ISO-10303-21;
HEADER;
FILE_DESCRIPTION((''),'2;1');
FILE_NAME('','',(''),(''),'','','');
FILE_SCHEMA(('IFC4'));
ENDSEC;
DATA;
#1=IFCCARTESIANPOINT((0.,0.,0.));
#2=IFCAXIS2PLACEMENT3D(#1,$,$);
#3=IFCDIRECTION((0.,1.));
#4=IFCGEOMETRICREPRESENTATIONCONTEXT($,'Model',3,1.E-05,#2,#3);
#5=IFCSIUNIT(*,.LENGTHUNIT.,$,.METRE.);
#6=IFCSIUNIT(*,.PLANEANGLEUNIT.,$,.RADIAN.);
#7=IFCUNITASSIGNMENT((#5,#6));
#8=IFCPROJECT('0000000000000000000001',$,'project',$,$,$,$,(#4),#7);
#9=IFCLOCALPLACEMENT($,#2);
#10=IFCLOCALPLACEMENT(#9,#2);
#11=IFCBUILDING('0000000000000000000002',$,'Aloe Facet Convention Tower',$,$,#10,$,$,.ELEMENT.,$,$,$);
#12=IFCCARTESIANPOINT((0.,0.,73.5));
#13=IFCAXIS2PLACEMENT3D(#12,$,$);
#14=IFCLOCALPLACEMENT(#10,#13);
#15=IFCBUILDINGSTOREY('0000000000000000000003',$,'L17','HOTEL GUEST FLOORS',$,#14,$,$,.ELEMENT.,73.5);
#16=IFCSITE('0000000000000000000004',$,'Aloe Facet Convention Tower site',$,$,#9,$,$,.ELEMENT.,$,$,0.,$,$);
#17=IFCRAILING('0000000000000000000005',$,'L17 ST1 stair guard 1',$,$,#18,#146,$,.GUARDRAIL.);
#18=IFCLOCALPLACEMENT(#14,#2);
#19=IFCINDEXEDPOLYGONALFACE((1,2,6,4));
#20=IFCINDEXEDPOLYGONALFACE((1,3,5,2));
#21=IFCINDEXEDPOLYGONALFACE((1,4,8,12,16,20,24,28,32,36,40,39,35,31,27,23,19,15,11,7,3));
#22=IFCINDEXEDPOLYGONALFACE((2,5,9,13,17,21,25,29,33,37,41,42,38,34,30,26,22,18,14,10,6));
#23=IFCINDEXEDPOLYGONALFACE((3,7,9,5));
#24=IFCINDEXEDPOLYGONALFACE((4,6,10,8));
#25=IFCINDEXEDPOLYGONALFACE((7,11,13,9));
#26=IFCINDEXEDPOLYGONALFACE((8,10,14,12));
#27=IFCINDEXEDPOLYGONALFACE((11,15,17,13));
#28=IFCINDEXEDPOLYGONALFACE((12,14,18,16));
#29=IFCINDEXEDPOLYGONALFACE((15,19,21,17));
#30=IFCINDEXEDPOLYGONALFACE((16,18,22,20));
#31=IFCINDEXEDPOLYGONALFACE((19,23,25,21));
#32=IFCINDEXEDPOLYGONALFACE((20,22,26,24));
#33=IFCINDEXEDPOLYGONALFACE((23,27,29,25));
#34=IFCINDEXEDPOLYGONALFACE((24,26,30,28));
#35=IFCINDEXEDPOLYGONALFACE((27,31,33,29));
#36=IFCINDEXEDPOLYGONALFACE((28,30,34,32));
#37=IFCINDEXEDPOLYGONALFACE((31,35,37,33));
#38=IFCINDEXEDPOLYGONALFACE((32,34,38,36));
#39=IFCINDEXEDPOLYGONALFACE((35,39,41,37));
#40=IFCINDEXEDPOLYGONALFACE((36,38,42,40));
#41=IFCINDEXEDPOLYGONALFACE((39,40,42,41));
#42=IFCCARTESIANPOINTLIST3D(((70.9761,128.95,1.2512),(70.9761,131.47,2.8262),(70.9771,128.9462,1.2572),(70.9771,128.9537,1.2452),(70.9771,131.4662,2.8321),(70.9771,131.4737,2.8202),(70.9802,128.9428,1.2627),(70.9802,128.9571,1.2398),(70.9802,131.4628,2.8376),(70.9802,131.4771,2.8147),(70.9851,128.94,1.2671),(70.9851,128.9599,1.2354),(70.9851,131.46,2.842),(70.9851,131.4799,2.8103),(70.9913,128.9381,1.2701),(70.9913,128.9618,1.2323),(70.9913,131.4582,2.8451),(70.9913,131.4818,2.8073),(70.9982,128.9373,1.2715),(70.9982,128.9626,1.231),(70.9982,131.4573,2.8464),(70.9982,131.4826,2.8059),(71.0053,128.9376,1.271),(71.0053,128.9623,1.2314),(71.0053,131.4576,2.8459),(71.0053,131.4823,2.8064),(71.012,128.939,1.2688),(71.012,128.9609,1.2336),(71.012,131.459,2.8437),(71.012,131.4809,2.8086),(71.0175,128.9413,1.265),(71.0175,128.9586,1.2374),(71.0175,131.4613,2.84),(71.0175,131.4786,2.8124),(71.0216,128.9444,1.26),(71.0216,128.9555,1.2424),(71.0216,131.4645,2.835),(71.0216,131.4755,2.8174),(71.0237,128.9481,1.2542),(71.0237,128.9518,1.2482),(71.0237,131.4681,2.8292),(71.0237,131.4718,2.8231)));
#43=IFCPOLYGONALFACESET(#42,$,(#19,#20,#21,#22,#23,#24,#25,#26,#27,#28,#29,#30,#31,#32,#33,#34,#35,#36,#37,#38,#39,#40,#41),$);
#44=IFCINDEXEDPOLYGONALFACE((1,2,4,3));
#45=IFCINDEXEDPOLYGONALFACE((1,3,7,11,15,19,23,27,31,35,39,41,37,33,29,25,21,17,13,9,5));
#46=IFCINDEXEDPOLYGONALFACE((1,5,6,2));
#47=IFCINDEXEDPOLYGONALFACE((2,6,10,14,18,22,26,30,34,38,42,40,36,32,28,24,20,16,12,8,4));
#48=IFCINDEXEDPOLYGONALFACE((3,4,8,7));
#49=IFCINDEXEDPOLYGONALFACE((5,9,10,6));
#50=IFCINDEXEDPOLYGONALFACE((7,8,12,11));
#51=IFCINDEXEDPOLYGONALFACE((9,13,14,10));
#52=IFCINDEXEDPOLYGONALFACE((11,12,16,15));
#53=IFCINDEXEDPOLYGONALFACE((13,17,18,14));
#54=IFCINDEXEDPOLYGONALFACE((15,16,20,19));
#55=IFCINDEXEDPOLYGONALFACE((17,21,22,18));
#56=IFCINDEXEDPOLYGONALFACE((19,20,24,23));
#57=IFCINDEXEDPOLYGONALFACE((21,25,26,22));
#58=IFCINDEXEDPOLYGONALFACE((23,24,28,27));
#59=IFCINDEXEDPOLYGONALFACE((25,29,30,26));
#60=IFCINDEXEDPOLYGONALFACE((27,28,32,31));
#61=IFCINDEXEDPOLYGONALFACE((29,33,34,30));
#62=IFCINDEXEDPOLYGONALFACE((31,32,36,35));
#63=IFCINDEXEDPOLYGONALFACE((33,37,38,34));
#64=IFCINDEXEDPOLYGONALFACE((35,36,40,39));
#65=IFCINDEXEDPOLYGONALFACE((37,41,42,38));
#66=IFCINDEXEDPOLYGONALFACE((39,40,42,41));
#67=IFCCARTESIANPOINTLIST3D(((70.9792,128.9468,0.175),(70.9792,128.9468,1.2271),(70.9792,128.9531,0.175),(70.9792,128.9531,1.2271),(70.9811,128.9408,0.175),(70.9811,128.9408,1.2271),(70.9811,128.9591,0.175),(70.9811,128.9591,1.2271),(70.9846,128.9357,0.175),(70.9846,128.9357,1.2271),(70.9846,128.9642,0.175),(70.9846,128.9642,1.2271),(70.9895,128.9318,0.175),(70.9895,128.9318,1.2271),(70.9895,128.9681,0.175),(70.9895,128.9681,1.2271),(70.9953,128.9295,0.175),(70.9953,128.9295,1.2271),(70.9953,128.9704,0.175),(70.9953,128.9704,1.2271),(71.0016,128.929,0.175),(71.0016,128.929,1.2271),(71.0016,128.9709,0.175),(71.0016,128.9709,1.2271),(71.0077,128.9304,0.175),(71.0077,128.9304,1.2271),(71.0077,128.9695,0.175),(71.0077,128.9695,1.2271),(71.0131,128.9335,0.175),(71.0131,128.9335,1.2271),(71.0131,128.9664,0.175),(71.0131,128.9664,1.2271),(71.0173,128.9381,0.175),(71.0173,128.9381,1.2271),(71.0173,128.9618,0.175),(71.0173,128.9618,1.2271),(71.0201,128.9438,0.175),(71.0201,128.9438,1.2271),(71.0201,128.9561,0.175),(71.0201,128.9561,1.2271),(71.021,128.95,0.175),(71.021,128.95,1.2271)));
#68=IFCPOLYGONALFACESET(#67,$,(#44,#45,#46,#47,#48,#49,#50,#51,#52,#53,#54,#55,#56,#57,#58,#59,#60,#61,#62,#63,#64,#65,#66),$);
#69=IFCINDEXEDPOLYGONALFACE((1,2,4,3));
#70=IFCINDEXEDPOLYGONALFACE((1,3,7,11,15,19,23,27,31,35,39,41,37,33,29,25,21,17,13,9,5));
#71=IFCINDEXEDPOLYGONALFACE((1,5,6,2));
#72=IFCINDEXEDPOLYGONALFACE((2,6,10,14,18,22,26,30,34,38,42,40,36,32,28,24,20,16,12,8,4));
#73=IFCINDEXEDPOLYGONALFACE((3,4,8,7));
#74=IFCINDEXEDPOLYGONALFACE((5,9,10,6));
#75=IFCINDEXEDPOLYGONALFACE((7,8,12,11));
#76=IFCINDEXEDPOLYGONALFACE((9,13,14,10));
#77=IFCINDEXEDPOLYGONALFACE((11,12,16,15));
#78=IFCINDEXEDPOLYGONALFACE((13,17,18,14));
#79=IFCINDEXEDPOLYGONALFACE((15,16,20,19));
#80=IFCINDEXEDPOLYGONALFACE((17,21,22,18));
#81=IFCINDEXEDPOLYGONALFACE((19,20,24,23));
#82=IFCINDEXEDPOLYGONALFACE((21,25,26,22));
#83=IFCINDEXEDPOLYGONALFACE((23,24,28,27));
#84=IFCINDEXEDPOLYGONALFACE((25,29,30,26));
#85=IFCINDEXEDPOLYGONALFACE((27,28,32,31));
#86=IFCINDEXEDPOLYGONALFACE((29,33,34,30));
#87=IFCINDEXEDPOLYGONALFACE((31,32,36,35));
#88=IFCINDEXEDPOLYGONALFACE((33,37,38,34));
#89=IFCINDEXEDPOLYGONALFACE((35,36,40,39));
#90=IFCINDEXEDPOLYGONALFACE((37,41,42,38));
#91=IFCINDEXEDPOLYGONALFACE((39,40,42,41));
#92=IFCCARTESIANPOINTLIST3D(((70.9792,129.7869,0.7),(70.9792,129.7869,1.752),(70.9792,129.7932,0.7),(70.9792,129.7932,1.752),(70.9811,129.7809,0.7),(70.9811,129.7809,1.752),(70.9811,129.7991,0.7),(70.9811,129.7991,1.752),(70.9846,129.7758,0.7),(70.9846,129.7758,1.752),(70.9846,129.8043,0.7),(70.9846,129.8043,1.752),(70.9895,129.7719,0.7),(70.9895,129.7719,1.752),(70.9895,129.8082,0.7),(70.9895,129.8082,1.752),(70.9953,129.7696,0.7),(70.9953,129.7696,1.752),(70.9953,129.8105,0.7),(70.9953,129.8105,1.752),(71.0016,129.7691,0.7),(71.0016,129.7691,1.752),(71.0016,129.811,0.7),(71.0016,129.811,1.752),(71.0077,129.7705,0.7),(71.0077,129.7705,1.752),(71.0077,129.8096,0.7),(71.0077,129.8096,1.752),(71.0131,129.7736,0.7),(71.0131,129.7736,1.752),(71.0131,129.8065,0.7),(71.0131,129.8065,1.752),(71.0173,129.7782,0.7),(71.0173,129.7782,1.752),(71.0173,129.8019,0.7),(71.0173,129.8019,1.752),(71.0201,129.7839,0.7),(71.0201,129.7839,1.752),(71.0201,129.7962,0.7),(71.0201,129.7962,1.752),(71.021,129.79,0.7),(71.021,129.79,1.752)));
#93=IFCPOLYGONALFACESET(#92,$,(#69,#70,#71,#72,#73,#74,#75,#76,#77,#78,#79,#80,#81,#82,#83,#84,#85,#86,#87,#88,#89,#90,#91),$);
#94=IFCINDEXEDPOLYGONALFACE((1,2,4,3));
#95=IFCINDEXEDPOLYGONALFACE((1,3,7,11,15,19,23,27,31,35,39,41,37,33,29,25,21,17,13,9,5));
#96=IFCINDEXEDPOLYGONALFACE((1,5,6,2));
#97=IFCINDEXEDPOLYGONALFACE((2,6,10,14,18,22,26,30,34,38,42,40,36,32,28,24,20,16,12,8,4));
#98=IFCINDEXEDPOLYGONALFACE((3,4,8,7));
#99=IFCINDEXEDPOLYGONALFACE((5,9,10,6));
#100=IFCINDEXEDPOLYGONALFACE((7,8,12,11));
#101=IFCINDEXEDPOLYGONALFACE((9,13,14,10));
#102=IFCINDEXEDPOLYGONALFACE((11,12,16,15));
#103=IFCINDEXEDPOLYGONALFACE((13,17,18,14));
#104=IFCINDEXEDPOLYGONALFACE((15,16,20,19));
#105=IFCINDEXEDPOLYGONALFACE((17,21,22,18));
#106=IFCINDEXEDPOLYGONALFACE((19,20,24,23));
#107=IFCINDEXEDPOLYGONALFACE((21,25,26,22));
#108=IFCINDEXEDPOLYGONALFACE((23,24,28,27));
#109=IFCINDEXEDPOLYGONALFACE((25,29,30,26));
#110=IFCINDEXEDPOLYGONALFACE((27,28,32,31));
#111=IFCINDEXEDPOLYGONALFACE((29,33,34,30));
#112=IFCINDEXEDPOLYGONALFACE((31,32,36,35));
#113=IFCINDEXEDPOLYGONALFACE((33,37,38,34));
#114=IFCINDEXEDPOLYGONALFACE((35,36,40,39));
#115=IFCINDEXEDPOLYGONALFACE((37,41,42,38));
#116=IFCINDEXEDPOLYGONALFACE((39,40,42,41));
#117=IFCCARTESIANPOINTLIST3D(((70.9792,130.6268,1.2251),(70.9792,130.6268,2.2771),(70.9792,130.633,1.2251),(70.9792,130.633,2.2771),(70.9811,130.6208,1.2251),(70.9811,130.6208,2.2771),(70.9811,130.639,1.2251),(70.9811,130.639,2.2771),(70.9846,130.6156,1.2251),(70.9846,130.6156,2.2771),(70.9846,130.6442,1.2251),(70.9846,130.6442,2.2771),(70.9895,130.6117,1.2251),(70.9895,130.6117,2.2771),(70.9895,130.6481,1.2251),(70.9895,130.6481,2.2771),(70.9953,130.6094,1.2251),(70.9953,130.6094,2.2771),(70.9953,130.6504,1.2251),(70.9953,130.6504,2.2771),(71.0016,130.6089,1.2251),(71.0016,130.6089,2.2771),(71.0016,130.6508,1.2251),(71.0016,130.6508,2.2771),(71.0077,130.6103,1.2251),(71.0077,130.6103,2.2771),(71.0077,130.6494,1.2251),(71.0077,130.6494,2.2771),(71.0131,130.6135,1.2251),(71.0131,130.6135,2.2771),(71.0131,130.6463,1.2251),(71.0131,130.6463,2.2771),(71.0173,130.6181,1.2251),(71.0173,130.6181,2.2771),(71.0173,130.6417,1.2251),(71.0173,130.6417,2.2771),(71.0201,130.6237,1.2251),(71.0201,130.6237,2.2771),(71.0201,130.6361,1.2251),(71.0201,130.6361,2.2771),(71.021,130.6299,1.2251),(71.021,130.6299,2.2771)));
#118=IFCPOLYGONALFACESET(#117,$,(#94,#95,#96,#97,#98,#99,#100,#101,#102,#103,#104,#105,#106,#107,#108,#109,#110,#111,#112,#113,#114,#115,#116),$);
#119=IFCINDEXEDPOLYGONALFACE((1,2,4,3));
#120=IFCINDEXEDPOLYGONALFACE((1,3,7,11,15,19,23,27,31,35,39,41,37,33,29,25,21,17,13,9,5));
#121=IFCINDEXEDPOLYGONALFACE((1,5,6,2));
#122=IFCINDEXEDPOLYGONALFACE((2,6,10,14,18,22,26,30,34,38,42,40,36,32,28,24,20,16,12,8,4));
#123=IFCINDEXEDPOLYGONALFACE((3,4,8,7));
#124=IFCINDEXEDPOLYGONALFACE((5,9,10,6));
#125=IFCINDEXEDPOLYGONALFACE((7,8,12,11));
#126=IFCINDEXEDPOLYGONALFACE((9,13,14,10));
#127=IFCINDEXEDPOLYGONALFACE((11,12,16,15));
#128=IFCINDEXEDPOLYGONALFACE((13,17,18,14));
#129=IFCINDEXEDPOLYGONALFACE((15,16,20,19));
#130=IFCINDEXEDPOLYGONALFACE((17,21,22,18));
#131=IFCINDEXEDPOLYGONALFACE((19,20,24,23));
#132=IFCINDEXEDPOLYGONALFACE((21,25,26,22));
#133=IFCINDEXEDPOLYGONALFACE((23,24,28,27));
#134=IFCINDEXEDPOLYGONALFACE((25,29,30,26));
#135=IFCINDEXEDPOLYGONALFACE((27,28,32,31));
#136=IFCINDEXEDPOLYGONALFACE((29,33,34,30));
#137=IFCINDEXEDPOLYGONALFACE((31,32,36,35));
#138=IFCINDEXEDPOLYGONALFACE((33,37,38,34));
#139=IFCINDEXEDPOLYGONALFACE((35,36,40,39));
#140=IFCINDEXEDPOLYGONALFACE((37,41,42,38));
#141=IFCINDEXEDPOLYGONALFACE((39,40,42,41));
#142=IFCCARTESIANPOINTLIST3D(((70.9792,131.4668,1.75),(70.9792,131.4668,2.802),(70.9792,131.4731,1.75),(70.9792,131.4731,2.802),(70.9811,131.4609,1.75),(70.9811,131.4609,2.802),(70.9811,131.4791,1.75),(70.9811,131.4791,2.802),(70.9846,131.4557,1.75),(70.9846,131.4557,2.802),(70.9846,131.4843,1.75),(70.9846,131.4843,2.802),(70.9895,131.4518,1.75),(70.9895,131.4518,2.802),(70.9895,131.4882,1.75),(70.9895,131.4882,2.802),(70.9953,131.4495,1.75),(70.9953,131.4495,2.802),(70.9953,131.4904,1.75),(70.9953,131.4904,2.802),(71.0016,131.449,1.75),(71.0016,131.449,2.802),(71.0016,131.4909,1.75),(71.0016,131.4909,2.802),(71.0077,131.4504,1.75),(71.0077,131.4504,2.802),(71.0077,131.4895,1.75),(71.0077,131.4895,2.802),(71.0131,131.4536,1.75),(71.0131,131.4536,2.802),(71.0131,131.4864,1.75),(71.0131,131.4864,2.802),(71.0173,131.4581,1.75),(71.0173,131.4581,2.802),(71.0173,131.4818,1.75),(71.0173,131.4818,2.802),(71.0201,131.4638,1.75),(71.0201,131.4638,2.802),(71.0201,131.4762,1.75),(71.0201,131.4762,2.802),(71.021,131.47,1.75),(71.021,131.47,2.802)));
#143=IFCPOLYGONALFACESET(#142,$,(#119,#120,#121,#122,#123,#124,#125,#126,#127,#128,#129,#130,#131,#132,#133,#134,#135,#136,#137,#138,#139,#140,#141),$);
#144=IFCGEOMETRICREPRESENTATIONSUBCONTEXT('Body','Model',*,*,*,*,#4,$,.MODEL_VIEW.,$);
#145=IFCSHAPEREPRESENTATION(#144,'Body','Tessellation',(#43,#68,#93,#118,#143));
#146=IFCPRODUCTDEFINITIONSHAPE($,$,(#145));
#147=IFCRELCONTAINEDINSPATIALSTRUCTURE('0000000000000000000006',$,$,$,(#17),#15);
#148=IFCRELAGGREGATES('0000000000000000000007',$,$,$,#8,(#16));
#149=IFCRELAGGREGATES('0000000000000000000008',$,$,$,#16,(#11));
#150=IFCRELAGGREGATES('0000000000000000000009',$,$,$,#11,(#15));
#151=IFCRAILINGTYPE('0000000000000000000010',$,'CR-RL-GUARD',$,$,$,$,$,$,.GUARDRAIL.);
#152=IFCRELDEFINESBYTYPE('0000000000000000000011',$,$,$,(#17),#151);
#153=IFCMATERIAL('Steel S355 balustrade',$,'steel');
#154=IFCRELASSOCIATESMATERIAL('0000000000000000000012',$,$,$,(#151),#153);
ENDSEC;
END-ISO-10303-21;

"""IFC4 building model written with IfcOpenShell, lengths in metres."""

from ifc_helpers import new_model, si_unit, direction, frame, origin, origin_2d, place, context, subcontext, project, spatial, circle, extrude, material, type_object, element, save


model = new_model("IFC4")

# Units and contexts
model_context = context("Model", 3, precision=1e-05, world=origin(), true_north=direction((0.0, 1.0)))
body_context = subcontext(model_context, "Body", "Model", "MODEL_VIEW")
ifc_project = project(units=[si_unit("LENGTHUNIT", "METRE"), si_unit("PLANEANGLEUNIT", "RADIAN")], contexts=[model_context])

# Site, building, storey
site_placement = place(None, origin())
site = spatial("IfcSite", under=ifc_project, at=site_placement, Name="Aloe Facet Convention Tower site", CompositionType="ELEMENT", RefElevation=0.0)
building_placement = place(site_placement, origin())
building = spatial("IfcBuilding", under=site, at=building_placement, Name="Aloe Facet Convention Tower", CompositionType="ELEMENT")
storey_placement = place(building_placement, frame((0.0, 0.0, 73.5)))
storey = spatial("IfcBuildingStorey", under=building, at=storey_placement, Name="L17", Description="HOTEL GUEST FLOORS", CompositionType="ELEMENT", Elevation=73.5)

# Railing
ifc_material_1 = material(Name="Steel S355 balustrade", Category="steel")
railing_type_1 = type_object("IfcRailingType", Name="CR-RL-GUARD", PredefinedType="GUARDRAIL", material=ifc_material_1)
railing_1_placement = place(storey_placement, frame((71.0, 128.95, 0.175)))
element("IfcRailing", 1, at=railing_1_placement, inside=storey, type_object=railing_type_1, Name="L17 ST1 stair guard 1", PredefinedType="GUARDRAIL", context=body_context, shape_type="SweptSolid", body=[
    extrude(circle(Radius=0.0239, at=origin_2d()), frame((0.0, 0.0, 1.0762), z_axis=(0.0, 0.848008, 0.529984), x_axis=(-1.0, 0.0, 0.0)), (0.0, 0.0, 1.0), 2.9717),
    extrude(circle(Radius=0.021, at=origin_2d()), origin(), (0.0, 0.0, 1.0), 1.052),
    extrude(circle(Radius=0.021, at=origin_2d()), frame((0.0, 0.8401, 0.5249)), (0.0, 0.0, 1.0), 1.052),
    extrude(circle(Radius=0.021, at=origin_2d()), frame((0.0, 1.6799, 1.05)), (0.0, 0.0, 1.0), 1.052),
    extrude(circle(Radius=0.021, at=origin_2d()), frame((0.0, 2.52, 1.575)), (0.0, 0.0, 1.0), 1.052),
])

save(model, "model.ifc")
